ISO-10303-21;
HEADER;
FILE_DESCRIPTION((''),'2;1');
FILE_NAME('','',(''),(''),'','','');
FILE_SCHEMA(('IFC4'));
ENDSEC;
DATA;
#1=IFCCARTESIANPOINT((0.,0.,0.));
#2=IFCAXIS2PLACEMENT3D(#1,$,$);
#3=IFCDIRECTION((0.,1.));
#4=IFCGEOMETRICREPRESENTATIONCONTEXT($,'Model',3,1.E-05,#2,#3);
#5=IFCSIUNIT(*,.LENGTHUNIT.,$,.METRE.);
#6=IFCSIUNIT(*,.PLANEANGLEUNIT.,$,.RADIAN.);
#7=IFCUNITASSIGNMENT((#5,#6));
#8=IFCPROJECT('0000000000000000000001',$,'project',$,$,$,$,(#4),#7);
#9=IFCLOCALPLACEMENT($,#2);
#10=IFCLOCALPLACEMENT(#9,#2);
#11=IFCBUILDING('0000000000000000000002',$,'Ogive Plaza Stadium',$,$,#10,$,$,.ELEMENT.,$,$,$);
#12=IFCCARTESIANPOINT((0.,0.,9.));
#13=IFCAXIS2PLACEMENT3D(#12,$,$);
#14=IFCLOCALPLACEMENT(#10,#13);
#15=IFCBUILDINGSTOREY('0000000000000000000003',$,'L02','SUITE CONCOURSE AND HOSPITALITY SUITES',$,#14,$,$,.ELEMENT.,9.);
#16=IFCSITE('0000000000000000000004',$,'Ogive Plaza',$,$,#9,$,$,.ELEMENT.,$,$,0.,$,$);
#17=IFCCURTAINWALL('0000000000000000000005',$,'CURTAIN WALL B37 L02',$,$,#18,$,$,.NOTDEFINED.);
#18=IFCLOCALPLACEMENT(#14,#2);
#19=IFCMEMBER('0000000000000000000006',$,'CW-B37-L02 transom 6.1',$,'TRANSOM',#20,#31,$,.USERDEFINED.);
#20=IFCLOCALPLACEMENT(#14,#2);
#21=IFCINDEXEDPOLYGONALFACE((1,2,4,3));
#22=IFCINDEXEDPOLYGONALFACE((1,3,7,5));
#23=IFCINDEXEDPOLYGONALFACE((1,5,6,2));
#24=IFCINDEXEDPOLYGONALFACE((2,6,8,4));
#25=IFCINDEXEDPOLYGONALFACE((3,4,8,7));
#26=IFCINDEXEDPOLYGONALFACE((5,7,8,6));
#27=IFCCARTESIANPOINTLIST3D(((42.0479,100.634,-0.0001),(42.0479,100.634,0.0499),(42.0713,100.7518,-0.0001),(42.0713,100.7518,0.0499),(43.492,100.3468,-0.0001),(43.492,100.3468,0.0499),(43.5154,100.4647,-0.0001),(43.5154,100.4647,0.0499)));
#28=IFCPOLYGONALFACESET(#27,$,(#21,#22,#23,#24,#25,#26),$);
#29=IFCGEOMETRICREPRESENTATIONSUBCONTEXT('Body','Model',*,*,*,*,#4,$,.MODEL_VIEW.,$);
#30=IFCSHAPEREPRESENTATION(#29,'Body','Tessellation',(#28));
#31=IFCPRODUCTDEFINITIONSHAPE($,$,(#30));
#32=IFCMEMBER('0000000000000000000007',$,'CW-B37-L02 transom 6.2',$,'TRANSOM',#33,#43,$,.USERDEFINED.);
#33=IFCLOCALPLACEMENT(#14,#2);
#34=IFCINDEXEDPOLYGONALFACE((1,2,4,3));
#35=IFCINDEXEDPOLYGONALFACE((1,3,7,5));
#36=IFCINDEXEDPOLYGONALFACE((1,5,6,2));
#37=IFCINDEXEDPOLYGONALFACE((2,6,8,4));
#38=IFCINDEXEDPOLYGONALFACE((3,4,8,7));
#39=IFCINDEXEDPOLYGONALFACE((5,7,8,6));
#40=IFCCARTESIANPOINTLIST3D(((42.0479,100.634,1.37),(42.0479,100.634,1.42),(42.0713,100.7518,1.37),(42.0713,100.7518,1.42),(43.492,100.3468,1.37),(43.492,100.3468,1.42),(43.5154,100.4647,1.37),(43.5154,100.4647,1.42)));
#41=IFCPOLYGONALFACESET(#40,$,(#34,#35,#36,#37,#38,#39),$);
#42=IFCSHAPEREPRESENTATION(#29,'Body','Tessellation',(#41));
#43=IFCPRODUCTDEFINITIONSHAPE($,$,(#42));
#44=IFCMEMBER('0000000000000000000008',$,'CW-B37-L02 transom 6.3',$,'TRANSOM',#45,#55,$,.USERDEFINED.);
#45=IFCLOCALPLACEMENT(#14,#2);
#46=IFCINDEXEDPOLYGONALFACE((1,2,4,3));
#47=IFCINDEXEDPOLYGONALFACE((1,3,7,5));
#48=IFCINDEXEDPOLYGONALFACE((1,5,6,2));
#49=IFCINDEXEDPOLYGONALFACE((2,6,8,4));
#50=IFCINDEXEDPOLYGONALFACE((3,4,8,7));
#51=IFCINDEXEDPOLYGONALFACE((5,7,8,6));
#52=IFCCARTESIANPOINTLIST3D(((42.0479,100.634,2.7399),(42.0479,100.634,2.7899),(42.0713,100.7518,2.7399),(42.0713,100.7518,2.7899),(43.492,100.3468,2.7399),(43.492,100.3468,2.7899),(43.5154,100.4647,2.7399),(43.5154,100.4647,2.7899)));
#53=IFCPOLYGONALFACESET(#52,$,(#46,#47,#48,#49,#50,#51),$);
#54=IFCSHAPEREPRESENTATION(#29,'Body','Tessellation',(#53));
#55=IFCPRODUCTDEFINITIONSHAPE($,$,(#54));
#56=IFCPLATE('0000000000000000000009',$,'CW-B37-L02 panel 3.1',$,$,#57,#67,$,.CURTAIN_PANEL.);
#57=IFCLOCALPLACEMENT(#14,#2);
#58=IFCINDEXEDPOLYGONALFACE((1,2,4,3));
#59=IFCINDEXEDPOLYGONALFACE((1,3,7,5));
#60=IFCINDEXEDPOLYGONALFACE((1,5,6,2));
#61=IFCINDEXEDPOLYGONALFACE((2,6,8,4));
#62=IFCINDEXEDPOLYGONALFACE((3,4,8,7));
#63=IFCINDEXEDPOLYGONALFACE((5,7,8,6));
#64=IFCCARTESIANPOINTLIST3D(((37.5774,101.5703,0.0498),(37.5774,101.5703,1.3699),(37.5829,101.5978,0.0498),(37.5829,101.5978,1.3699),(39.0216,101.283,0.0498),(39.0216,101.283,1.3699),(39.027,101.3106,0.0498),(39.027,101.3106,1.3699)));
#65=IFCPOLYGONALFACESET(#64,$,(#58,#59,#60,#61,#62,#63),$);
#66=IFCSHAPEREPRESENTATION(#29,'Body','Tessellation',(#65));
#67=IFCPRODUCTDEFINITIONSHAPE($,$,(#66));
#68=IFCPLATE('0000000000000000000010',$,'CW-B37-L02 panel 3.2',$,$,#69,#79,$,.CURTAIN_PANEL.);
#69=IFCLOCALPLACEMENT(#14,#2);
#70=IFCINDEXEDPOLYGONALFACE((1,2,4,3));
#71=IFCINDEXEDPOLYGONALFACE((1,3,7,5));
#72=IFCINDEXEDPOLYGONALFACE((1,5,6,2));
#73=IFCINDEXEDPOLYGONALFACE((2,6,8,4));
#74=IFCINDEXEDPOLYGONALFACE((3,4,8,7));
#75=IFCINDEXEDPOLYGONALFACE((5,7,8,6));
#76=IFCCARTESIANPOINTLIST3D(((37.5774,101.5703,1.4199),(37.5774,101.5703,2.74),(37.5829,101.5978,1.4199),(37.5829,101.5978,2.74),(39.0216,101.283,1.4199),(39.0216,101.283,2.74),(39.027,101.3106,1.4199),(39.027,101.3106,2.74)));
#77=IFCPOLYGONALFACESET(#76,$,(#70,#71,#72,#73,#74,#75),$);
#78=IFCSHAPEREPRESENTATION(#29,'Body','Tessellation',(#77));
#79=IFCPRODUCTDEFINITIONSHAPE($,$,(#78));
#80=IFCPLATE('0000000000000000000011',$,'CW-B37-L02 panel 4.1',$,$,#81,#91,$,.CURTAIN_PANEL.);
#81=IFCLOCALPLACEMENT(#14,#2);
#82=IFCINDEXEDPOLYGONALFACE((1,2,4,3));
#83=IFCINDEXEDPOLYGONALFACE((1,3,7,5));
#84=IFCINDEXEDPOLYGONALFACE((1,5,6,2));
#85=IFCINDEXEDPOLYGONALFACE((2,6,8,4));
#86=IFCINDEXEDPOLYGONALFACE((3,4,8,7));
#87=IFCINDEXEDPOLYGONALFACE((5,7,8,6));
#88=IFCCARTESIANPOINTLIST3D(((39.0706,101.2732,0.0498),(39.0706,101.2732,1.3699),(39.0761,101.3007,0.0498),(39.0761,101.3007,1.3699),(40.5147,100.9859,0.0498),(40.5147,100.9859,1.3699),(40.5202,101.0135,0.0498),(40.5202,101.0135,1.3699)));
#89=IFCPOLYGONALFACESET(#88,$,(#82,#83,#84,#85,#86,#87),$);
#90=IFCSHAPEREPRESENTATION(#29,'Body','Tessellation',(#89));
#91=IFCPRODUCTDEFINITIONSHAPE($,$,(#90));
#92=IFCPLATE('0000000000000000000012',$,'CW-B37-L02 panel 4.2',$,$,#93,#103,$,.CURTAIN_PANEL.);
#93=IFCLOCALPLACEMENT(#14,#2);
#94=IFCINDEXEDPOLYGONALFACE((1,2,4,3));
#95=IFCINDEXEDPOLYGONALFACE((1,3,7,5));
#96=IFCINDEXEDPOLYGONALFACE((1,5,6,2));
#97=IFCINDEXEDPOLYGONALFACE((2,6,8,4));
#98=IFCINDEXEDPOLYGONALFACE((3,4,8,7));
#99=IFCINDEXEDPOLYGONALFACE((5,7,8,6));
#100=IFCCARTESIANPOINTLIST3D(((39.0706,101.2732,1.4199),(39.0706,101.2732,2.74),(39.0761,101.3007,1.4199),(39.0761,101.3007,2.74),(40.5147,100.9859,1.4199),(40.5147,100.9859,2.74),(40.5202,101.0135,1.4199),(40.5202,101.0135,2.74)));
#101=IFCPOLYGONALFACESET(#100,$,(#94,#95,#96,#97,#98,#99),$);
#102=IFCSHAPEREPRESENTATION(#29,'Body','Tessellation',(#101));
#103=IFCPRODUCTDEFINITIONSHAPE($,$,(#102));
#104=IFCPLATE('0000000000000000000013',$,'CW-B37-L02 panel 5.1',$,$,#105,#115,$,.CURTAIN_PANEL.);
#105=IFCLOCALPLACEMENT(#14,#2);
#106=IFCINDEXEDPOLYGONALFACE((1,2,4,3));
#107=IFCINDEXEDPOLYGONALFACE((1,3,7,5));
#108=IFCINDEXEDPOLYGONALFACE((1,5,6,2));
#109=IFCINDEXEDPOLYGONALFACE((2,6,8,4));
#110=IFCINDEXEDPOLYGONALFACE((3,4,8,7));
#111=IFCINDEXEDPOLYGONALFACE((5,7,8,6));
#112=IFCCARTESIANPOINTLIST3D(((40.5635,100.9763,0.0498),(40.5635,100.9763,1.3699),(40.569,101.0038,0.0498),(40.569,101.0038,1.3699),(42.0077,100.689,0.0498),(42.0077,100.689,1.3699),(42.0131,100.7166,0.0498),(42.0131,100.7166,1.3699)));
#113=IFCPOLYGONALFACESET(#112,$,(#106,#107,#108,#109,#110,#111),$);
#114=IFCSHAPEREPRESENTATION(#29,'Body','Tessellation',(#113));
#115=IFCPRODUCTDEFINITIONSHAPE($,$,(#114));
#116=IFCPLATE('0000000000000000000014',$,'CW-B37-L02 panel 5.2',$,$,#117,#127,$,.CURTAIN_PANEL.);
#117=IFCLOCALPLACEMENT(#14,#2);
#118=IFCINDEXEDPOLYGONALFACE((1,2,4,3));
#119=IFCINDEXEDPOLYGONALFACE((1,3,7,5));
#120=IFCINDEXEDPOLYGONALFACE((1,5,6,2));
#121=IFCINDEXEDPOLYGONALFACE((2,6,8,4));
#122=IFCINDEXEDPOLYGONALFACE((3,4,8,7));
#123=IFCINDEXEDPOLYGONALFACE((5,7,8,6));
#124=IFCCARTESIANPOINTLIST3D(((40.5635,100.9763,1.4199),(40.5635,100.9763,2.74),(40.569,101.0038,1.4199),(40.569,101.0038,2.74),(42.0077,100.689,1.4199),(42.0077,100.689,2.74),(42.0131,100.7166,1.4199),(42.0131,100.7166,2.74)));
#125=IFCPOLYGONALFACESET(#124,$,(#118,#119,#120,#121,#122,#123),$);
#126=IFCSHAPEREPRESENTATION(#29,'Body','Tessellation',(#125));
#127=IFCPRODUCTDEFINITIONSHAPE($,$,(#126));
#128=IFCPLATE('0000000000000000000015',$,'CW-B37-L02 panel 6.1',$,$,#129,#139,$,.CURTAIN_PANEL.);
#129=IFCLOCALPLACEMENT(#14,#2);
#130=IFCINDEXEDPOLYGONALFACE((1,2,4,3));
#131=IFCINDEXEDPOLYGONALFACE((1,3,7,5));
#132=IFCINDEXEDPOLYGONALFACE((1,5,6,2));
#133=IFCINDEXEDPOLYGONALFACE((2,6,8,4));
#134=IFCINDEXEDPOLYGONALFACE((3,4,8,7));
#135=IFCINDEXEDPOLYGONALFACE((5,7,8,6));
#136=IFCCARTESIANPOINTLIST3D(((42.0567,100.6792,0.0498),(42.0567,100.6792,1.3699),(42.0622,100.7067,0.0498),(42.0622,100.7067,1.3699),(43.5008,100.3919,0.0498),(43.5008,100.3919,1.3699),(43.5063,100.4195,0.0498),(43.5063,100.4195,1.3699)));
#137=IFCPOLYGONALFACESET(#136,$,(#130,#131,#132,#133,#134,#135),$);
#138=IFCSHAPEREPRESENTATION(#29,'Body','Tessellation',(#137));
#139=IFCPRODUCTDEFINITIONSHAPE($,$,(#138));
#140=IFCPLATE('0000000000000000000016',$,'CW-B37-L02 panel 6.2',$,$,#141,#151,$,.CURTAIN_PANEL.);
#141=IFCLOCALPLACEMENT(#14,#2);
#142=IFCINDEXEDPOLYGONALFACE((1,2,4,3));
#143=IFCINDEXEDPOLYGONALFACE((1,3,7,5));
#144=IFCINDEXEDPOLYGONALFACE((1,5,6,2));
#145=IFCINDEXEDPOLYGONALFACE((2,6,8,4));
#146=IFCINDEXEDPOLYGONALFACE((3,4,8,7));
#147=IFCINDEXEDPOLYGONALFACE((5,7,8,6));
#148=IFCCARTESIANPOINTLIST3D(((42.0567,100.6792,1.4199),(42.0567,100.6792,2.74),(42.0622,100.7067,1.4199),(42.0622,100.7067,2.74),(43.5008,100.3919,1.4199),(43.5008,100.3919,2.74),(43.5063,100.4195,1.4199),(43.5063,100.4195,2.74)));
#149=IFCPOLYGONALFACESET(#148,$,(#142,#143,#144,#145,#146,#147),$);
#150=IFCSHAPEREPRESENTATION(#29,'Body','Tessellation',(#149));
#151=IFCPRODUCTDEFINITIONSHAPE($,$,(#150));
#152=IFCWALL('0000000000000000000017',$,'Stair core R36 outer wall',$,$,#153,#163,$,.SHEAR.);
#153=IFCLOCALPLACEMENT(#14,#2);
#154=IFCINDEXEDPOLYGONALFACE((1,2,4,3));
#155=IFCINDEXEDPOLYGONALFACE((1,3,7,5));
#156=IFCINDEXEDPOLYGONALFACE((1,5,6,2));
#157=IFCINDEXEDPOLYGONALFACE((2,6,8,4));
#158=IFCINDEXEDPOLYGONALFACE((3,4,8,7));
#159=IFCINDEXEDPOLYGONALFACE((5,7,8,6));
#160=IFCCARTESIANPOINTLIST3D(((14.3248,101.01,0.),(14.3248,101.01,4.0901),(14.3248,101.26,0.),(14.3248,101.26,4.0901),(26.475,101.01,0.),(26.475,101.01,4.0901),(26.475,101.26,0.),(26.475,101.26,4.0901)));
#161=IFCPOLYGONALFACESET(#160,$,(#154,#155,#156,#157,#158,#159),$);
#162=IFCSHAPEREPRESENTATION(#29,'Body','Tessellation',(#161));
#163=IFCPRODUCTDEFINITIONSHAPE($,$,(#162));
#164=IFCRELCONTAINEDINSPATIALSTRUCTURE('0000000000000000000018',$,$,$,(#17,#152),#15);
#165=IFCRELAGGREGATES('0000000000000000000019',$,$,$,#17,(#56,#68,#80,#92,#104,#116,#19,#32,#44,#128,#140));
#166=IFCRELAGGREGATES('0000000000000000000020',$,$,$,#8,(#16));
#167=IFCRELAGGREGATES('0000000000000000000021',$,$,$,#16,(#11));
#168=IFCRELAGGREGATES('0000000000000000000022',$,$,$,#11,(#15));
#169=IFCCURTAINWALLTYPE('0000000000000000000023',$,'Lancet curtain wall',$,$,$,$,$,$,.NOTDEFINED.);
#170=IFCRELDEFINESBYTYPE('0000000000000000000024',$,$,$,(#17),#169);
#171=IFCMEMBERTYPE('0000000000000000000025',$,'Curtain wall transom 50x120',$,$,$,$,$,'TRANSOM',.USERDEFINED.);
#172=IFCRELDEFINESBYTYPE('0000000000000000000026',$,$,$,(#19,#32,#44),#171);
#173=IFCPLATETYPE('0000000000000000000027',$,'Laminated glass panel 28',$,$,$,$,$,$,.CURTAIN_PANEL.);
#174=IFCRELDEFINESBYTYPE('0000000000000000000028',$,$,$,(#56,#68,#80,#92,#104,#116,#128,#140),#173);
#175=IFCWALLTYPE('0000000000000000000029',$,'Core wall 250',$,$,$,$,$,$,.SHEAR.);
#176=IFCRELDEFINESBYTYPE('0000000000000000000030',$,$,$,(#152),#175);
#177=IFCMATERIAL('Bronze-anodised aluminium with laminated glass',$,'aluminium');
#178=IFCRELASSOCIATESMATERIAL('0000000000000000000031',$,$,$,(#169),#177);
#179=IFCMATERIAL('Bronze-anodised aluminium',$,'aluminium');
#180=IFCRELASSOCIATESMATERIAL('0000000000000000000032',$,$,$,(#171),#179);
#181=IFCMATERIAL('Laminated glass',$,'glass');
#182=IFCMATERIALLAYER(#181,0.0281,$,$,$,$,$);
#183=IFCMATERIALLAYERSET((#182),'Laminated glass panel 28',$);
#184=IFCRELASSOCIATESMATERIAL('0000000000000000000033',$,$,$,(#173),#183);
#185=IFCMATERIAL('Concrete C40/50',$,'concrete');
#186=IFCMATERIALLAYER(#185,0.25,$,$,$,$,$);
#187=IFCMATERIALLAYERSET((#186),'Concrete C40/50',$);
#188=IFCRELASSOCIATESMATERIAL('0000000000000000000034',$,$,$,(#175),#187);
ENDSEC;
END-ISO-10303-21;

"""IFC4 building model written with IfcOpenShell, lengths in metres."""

from ifc_helpers import new_model, si_unit, direction, frame, frame_2d, origin, origin_2d, place, context, subcontext, project, spatial, rectangle, extrude, material, layer, layer_set, material_profile, profile_set, type_object, element, aggregate, save


model = new_model("IFC4")

# Units and contexts
model_context = context("Model", 3, precision=1e-05, world=origin(), true_north=direction((0.0, 1.0)))
body_context = subcontext(model_context, "Body", "Model", "MODEL_VIEW")
ifc_project = project(units=[si_unit("LENGTHUNIT", "METRE"), si_unit("PLANEANGLEUNIT", "RADIAN")], contexts=[model_context])

# Site, building, storey
site_placement = place(None, origin())
site = spatial("IfcSite", under=ifc_project, at=site_placement, Name="Ogive Plaza", CompositionType="ELEMENT", RefElevation=0.0)
building_placement = place(site_placement, origin())
building = spatial("IfcBuilding", under=site, at=building_placement, Name="Ogive Plaza Stadium", CompositionType="ELEMENT")
storey_placement = place(building_placement, frame((0.0, 0.0, 9.0)))
storey = spatial("IfcBuildingStorey", under=building, at=storey_placement, Name="L02", Description="SUITE CONCOURSE AND HOSPITALITY SUITES", CompositionType="ELEMENT", Elevation=9.0)

# Curtain wall, members, plates
ifc_material_1 = material(Name="Bronze-anodised aluminium with laminated glass", Category="aluminium")
curtain_wall_type = type_object("IfcCurtainWallType", Name="Lancet curtain wall", PredefinedType="NOTDEFINED", material=ifc_material_1)
curtain_wall_placement = place(storey_placement, origin())
curtain_wall = element("IfcCurtainWall", 1, at=curtain_wall_placement, inside=storey, type_object=curtain_wall_type, Name="CURTAIN WALL B37 L02", PredefinedType="NOTDEFINED")
ifc_material_2 = material(Name="Bronze-anodised aluminium", Category="aluminium")
ifc_material_profile_1 = material_profile(ifc_material_2, rectangle(XDim=0.1201, YDim=0.05, at=origin_2d()), Name="AL 120x50")
ifc_profile_set_1 = profile_set([ifc_material_profile_1], Name="Bronze-anodised aluminium")
member_type_1 = type_object("IfcMemberType", Name="Curtain wall transom 50x120", ElementType="TRANSOM", PredefinedType="USERDEFINED", material=ifc_profile_set_1)
member_1_placement = place(storey_placement, frame((42.0596, 100.6929, 0.0249), z_axis=(0.980803, -0.195, 0.0), x_axis=(0.195, 0.980803, 0.0)))
member_1 = element("IfcMember", 2, at=member_1_placement, type_object=member_type_1, Name="CW-B37-L02 transom 6.1", ObjectType="TRANSOM", PredefinedType="USERDEFINED", context=body_context, shape_type="SweptSolid", body=[
    extrude(rectangle(XDim=0.1201, YDim=0.05, at=origin_2d()), origin(), (0.0, 0.0, 1.0), 1.4724),
])
member_2_placement = place(storey_placement, frame((42.0596, 100.6929, 1.395), z_axis=(0.980803, -0.195, 0.0), x_axis=(0.195, 0.980803, 0.0)))
member_2 = element("IfcMember", 3, at=member_2_placement, type_object=member_type_1, Name="CW-B37-L02 transom 6.2", ObjectType="TRANSOM", PredefinedType="USERDEFINED", context=body_context, shape_type="SweptSolid", body=[
    extrude(rectangle(XDim=0.1201, YDim=0.05, at=origin_2d()), origin(), (0.0, 0.0, 1.0), 1.4724),
])
member_3_placement = place(storey_placement, frame((42.0596, 100.6929, 2.7649), z_axis=(0.980803, -0.195, 0.0), x_axis=(0.195, 0.980803, 0.0)))
member_3 = element("IfcMember", 4, at=member_3_placement, type_object=member_type_1, Name="CW-B37-L02 transom 6.3", ObjectType="TRANSOM", PredefinedType="USERDEFINED", context=body_context, shape_type="SweptSolid", body=[
    extrude(rectangle(XDim=0.1201, YDim=0.05, at=origin_2d()), origin(), (0.0, 0.0, 1.0), 1.4724),
])
ifc_material_3 = material(Name="Laminated glass", Category="glass")
ifc_layer_1 = layer(ifc_material_3, 0.0281)
ifc_layer_set_1 = layer_set([ifc_layer_1], Name="Laminated glass panel 28")
plate_type = type_object("IfcPlateType", Name="Laminated glass panel 28", PredefinedType="CURTAIN_PANEL", material=ifc_layer_set_1)
plate_1_placement = place(storey_placement, frame((38.3022, 101.4404, 0.0498), z_axis=(0.0, 0.0, 1.0), x_axis=(0.980785, -0.19509, 0.0)))
plate_1 = element("IfcPlate", 5, at=plate_1_placement, type_object=plate_type, Name="CW-B37-L02 panel 3.1", PredefinedType="CURTAIN_PANEL", context=body_context, shape_type="SweptSolid", body=[
    extrude(rectangle(XDim=1.4724, YDim=0.0281, at=origin_2d()), origin(), (0.0, 0.0, 1.0), 1.3201),
])
plate_2_placement = place(storey_placement, frame((38.3022, 101.4404, 1.4199), z_axis=(0.0, 0.0, 1.0), x_axis=(0.980785, -0.19509, 0.0)))
plate_2 = element("IfcPlate", 6, at=plate_2_placement, type_object=plate_type, Name="CW-B37-L02 panel 3.2", PredefinedType="CURTAIN_PANEL", context=body_context, shape_type="SweptSolid", body=[
    extrude(rectangle(XDim=1.4724, YDim=0.0281, at=origin_2d()), origin(), (0.0, 0.0, 1.0), 1.3201),
])
plate_3_placement = place(storey_placement, frame((39.7954, 101.1433, 0.0498), z_axis=(0.0, 0.0, 1.0), x_axis=(0.980785, -0.19509, 0.0)))
plate_3 = element("IfcPlate", 7, at=plate_3_placement, type_object=plate_type, Name="CW-B37-L02 panel 4.1", PredefinedType="CURTAIN_PANEL", context=body_context, shape_type="SweptSolid", body=[
    extrude(rectangle(XDim=1.4724, YDim=0.0281, at=origin_2d()), origin(), (0.0, 0.0, 1.0), 1.3201),
])
plate_4_placement = place(storey_placement, frame((39.7954, 101.1433, 1.4199), z_axis=(0.0, 0.0, 1.0), x_axis=(0.980785, -0.19509, 0.0)))
plate_4 = element("IfcPlate", 8, at=plate_4_placement, type_object=plate_type, Name="CW-B37-L02 panel 4.2", PredefinedType="CURTAIN_PANEL", context=body_context, shape_type="SweptSolid", body=[
    extrude(rectangle(XDim=1.4724, YDim=0.0281, at=origin_2d()), origin(), (0.0, 0.0, 1.0), 1.3201),
])
plate_5_placement = place(storey_placement, frame((41.2883, 100.8464, 0.0498), z_axis=(0.0, 0.0, 1.0), x_axis=(0.980785, -0.19509, 0.0)))
plate_5 = element("IfcPlate", 9, at=plate_5_placement, type_object=plate_type, Name="CW-B37-L02 panel 5.1", PredefinedType="CURTAIN_PANEL", context=body_context, shape_type="SweptSolid", body=[
    extrude(rectangle(XDim=1.4724, YDim=0.0281, at=origin_2d()), origin(), (0.0, 0.0, 1.0), 1.3201),
])
plate_6_placement = place(storey_placement, frame((41.2883, 100.8464, 1.4199), z_axis=(0.0, 0.0, 1.0), x_axis=(0.980785, -0.19509, 0.0)))
plate_6 = element("IfcPlate", 10, at=plate_6_placement, type_object=plate_type, Name="CW-B37-L02 panel 5.2", PredefinedType="CURTAIN_PANEL", context=body_context, shape_type="SweptSolid", body=[
    extrude(rectangle(XDim=1.4724, YDim=0.0281, at=origin_2d()), origin(), (0.0, 0.0, 1.0), 1.3201),
])
plate_7_placement = place(storey_placement, frame((42.7815, 100.5493, 0.0498), z_axis=(0.0, 0.0, 1.0), x_axis=(0.980785, -0.19509, 0.0)))
plate_7 = element("IfcPlate", 11, at=plate_7_placement, type_object=plate_type, Name="CW-B37-L02 panel 6.1", PredefinedType="CURTAIN_PANEL", context=body_context, shape_type="SweptSolid", body=[
    extrude(rectangle(XDim=1.4724, YDim=0.0281, at=origin_2d()), origin(), (0.0, 0.0, 1.0), 1.3201),
])
plate_8_placement = place(storey_placement, frame((42.7815, 100.5493, 1.4199), z_axis=(0.0, 0.0, 1.0), x_axis=(0.980785, -0.19509, 0.0)))
plate_8 = element("IfcPlate", 12, at=plate_8_placement, type_object=plate_type, Name="CW-B37-L02 panel 6.2", PredefinedType="CURTAIN_PANEL", context=body_context, shape_type="SweptSolid", body=[
    extrude(rectangle(XDim=1.4724, YDim=0.0281, at=origin_2d()), origin(), (0.0, 0.0, 1.0), 1.3201),
])
aggregate(curtain_wall, [plate_1, plate_2, plate_3, plate_4, plate_5, plate_6, member_1, member_2, member_3, plate_7, plate_8])

# Wall
ifc_material_4 = material(Name="Concrete C40/50", Category="concrete")
ifc_layer_2 = layer(ifc_material_4, 0.25)
ifc_layer_set_2 = layer_set([ifc_layer_2], Name="Concrete C40/50")
wall_type = type_object("IfcWallType", Name="Core wall 250", PredefinedType="SHEAR", material=ifc_layer_set_2)
wall_placement = place(storey_placement, frame((26.4751, 101.135, 0.0), z_axis=(0.0, 0.0, 1.0), x_axis=(-1.0, 0.0, 0.0)))
element("IfcWall", 13, at=wall_placement, inside=storey, type_object=wall_type, Name="Stair core R36 outer wall", PredefinedType="SHEAR", context=body_context, shape_type="SweptSolid", body=[
    extrude(rectangle(XDim=12.1501, YDim=0.25, at=frame_2d((6.0752, 0.0))), origin(), (0.0, 0.0, 1.0), 4.0901),
])

save(model, "model.ifc")
